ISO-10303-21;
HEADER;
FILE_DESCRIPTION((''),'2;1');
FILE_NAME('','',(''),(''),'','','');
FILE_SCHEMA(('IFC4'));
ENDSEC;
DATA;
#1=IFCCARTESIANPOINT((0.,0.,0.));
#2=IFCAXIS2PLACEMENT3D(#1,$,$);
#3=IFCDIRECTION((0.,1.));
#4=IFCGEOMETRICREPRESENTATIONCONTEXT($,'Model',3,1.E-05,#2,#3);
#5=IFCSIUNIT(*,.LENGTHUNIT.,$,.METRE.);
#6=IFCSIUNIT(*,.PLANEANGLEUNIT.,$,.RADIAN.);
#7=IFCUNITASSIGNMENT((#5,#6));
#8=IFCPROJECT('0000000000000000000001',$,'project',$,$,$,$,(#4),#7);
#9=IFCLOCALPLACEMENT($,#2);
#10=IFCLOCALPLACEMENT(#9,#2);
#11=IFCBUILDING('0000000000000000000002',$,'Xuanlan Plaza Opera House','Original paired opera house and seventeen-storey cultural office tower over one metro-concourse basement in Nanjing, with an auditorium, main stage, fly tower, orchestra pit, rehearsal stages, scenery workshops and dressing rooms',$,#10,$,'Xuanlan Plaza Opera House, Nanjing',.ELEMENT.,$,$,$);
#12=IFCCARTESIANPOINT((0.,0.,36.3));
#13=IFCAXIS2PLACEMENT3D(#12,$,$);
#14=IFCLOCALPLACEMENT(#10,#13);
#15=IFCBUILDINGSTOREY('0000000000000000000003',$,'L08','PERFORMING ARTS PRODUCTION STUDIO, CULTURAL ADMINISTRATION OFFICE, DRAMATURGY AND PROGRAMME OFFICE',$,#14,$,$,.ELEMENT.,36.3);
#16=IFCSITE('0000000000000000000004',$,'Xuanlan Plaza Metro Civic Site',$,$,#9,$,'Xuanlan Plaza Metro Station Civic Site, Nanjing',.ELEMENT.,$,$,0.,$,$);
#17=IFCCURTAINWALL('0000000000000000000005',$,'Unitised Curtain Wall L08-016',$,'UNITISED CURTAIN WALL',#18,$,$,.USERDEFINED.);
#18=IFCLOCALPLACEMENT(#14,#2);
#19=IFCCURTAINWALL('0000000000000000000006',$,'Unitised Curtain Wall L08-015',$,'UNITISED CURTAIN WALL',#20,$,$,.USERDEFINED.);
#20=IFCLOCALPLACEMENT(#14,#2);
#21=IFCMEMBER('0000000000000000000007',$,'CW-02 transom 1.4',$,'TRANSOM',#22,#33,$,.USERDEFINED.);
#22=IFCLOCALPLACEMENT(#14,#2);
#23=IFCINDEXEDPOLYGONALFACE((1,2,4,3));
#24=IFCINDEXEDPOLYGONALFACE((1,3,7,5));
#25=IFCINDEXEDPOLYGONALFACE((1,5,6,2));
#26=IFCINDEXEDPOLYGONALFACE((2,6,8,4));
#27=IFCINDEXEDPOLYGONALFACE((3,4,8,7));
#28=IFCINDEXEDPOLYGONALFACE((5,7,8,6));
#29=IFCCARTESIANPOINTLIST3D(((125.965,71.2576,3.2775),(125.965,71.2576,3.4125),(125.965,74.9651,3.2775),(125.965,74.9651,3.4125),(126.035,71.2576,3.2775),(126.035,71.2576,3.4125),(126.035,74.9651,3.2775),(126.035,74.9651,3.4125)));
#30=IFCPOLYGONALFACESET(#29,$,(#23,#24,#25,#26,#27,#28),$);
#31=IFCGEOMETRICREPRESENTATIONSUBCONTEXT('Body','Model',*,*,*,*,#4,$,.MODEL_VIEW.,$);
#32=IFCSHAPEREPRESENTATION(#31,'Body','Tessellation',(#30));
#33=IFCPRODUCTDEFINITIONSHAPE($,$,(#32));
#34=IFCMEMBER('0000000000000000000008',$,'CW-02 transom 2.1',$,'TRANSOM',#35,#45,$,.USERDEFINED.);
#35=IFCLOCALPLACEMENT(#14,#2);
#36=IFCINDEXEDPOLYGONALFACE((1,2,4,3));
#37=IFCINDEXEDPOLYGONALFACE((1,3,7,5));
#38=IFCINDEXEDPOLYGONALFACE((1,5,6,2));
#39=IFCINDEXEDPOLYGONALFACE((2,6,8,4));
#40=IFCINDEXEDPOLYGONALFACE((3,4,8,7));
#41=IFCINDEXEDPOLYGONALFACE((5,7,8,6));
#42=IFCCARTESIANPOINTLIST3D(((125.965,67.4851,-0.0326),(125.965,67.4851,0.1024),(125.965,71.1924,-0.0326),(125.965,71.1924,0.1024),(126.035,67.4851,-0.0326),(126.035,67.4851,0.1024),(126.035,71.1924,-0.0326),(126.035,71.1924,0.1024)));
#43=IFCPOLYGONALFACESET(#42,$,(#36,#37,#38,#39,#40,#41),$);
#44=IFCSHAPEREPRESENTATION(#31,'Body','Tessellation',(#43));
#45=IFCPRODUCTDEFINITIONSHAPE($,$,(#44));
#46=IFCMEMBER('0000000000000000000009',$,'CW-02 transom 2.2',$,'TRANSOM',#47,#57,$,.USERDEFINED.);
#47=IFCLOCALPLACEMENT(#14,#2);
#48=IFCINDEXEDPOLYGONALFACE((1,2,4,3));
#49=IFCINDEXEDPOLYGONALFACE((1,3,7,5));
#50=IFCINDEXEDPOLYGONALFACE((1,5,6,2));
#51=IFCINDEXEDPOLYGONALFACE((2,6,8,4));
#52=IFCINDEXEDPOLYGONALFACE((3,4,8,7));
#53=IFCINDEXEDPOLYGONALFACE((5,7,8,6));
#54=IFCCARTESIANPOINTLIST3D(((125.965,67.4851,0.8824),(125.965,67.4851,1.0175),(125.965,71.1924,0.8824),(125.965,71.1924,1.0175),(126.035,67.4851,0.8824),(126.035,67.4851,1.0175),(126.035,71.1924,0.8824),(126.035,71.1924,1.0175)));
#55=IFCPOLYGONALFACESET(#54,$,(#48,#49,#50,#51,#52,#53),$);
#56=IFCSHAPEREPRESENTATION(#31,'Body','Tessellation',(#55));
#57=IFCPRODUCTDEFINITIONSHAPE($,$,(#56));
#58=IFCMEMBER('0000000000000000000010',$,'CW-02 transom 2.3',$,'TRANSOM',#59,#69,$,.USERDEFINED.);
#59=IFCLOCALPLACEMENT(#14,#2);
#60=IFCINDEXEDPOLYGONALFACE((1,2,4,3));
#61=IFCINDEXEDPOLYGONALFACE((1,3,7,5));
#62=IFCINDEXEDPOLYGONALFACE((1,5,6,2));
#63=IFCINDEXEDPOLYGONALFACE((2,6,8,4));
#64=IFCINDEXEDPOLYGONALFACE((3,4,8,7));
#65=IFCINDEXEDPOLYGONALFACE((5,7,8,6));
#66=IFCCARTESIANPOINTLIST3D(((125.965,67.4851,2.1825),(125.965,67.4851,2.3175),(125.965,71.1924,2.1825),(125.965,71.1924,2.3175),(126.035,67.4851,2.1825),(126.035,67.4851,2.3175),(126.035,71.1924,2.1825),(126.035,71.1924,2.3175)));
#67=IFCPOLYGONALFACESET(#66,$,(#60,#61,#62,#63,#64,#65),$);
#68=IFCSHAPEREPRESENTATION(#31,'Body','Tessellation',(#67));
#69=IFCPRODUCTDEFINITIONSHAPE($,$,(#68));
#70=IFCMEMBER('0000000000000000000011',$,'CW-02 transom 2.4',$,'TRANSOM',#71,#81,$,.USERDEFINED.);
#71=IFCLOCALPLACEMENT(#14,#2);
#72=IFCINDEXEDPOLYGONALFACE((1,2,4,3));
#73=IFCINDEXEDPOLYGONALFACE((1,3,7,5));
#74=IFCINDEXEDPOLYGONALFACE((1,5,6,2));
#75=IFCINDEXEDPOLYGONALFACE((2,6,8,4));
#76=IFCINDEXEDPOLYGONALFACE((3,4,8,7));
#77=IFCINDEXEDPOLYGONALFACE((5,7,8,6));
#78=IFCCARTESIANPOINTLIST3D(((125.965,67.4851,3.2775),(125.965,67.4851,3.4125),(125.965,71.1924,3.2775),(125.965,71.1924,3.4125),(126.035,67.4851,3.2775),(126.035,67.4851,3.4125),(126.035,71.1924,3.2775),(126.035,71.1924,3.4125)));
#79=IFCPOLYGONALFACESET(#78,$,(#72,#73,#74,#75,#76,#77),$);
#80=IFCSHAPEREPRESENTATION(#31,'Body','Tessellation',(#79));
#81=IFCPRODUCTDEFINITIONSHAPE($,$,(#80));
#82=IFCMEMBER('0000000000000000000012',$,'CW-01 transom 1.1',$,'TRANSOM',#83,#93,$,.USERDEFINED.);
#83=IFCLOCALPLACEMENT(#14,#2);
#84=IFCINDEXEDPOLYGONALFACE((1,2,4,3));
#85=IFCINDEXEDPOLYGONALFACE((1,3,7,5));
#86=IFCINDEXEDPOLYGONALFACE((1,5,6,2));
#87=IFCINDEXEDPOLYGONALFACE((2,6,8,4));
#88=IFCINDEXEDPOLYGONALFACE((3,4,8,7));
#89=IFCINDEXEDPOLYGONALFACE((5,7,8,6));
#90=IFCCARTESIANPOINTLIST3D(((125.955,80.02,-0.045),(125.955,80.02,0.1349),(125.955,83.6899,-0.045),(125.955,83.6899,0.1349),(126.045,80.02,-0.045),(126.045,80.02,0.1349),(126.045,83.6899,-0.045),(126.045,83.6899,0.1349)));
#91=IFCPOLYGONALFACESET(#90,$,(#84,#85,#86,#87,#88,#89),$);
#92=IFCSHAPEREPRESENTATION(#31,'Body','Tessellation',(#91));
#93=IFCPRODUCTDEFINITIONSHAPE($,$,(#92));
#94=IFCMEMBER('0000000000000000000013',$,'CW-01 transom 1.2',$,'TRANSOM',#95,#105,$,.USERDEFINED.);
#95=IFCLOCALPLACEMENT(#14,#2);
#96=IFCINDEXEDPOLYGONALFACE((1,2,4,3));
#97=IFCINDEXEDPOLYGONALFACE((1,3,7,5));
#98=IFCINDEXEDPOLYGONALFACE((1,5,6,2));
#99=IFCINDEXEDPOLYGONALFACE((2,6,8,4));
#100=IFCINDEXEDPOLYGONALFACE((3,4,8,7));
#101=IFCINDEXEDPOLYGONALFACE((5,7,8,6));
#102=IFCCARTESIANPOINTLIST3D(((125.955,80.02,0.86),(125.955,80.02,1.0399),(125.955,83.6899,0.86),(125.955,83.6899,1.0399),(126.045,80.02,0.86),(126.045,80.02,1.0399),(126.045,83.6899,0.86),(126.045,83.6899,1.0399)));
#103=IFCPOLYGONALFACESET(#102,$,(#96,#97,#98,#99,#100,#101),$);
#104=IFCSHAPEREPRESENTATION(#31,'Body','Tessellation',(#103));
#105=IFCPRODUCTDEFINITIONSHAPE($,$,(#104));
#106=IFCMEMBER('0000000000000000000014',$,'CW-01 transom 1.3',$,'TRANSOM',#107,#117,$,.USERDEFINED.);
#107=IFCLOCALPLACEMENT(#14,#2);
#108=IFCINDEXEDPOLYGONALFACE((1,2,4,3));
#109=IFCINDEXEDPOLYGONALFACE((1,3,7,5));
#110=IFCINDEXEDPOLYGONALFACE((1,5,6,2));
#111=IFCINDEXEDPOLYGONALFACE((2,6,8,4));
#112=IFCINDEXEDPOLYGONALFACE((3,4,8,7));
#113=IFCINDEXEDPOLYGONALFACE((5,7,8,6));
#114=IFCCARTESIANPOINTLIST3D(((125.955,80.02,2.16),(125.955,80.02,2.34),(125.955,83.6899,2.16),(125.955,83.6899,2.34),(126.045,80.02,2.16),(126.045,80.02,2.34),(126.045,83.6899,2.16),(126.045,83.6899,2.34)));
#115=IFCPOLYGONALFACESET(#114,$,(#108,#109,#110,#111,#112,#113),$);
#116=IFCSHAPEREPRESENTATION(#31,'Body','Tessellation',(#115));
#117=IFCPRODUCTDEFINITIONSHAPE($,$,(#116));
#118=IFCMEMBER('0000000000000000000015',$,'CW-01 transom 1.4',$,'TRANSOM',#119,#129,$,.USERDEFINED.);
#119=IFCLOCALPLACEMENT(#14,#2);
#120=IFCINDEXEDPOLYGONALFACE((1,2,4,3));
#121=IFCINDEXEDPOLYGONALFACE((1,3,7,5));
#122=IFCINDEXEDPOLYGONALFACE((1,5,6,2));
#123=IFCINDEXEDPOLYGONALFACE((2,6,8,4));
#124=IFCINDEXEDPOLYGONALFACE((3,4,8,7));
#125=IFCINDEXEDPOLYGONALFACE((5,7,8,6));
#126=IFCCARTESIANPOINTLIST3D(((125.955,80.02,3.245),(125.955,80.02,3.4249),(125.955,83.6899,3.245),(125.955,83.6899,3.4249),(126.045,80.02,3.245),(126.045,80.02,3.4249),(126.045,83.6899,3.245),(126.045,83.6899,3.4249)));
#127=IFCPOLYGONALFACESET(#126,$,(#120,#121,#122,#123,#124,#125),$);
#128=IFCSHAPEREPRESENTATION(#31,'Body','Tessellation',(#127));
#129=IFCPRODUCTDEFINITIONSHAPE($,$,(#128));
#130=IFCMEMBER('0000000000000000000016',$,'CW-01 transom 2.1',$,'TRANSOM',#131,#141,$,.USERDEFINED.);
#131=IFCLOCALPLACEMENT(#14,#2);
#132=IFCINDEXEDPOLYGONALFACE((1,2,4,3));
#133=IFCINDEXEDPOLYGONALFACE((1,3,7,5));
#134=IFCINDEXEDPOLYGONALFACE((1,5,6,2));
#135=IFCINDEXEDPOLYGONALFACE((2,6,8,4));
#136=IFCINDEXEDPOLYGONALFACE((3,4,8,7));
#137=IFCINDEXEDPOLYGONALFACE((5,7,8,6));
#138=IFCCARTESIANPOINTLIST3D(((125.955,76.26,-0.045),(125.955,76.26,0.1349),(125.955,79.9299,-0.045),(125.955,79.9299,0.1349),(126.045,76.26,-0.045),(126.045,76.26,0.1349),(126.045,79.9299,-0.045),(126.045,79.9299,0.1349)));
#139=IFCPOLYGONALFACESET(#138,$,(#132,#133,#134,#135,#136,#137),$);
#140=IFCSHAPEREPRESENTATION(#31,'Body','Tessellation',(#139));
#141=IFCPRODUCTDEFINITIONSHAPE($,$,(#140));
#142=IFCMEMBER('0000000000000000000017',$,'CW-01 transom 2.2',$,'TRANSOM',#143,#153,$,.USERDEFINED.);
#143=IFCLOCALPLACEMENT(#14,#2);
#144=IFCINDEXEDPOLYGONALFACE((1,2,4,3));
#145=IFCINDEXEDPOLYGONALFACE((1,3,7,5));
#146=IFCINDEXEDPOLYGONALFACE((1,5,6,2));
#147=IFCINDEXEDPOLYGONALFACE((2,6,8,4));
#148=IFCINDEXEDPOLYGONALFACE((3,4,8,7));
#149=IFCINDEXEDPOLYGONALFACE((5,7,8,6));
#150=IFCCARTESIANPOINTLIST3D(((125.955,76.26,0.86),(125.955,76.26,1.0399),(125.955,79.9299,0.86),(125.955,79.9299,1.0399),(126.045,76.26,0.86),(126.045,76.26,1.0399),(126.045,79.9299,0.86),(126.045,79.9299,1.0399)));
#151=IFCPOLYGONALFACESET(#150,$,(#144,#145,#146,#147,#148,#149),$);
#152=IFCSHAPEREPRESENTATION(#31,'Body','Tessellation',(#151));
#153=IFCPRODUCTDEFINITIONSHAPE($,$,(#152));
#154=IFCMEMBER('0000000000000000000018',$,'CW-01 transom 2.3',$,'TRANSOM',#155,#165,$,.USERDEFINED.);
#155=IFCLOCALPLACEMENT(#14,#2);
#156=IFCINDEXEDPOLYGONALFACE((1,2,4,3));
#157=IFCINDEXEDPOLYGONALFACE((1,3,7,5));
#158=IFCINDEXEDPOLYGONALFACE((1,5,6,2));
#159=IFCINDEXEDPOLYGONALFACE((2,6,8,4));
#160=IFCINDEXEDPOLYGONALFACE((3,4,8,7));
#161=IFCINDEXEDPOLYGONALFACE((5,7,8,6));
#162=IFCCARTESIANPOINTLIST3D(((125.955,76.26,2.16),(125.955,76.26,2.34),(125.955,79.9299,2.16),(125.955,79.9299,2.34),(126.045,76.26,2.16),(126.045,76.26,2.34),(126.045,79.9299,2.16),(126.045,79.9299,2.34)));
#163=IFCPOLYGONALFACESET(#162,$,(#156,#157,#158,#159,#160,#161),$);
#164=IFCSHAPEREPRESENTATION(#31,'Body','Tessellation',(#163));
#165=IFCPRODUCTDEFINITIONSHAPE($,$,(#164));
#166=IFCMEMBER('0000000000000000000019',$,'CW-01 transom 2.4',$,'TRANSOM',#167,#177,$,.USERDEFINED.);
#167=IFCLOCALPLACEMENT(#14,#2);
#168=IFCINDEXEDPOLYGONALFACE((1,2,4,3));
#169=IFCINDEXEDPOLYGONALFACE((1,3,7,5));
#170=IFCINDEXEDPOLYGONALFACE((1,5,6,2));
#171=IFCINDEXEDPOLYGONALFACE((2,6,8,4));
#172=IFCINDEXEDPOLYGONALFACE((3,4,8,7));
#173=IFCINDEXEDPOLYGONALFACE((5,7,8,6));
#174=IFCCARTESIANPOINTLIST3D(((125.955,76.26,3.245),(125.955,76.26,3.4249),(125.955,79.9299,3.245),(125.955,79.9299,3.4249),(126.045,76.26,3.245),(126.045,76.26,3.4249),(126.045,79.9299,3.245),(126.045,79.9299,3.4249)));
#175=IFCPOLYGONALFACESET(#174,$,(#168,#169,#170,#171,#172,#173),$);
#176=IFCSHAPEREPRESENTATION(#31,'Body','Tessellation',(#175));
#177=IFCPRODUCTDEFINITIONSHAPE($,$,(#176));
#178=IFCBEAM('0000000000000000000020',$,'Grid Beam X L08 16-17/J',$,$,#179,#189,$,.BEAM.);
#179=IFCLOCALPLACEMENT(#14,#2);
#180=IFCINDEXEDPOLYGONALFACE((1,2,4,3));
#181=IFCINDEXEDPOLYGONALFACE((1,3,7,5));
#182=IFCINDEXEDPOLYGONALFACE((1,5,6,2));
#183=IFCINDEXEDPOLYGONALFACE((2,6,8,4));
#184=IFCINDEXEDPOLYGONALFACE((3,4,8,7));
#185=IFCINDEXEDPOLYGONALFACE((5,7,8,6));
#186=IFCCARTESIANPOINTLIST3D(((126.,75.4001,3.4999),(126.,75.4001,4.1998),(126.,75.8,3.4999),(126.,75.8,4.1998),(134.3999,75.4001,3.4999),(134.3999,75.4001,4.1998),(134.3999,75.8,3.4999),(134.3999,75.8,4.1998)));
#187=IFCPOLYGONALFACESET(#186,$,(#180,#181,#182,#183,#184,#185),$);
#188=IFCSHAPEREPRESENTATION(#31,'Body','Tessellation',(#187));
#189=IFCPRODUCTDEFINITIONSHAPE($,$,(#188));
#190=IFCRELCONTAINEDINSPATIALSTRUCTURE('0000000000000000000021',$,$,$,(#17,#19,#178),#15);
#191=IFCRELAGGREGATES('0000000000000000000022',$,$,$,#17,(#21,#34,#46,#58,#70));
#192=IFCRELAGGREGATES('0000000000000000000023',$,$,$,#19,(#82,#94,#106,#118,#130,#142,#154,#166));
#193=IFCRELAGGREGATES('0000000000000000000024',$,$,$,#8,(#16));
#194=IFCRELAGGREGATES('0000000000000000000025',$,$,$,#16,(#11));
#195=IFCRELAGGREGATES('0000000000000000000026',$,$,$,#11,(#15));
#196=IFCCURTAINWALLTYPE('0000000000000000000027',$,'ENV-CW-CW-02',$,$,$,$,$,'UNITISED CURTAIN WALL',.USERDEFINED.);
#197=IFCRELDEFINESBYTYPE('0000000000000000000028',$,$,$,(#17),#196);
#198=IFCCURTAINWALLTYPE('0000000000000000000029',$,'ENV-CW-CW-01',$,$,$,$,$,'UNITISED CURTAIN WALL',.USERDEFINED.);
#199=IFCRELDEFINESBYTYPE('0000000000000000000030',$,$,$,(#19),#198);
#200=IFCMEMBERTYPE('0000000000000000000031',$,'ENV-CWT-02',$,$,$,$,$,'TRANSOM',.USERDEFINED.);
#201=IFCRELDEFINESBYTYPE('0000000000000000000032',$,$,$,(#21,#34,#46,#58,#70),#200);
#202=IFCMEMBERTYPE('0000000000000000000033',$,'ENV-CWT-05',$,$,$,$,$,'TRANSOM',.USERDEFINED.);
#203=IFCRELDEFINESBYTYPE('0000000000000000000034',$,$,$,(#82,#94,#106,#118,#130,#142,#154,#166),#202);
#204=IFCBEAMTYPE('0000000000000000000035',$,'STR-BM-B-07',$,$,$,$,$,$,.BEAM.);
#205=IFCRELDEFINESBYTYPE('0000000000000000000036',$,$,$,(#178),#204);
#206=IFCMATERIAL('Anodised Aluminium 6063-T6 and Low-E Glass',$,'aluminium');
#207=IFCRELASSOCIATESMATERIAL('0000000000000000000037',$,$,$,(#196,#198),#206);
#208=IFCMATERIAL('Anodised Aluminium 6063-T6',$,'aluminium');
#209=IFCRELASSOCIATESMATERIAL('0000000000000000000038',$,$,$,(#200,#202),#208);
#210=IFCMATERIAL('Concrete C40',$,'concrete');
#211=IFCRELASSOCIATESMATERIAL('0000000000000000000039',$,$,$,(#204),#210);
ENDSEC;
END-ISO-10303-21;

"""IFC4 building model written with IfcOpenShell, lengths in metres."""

from ifc_helpers import new_model, si_unit, direction, frame, origin, origin_2d, place, context, subcontext, project, spatial, rectangle, extrude, material, material_profile, profile_set, type_object, element, aggregate, save


model = new_model("IFC4")

# Units and contexts
model_context = context("Model", 3, precision=1e-05, world=origin(), true_north=direction((0.0, 1.0)))
body_context = subcontext(model_context, "Body", "Model", "MODEL_VIEW")
ifc_project = project(units=[si_unit("LENGTHUNIT", "METRE"), si_unit("PLANEANGLEUNIT", "RADIAN")], contexts=[model_context])

# Site, building, storey
site_placement = place(None, origin())
site = spatial("IfcSite", under=ifc_project, at=site_placement, Name="Xuanlan Plaza Metro Civic Site", LongName="Xuanlan Plaza Metro Station Civic Site, Nanjing", CompositionType="ELEMENT", RefElevation=0.0)
building_placement = place(site_placement, origin())
building = spatial("IfcBuilding", under=site, at=building_placement, Name="Xuanlan Plaza Opera House", Description="Original paired opera house and seventeen-storey cultural office tower over one metro-concourse basement in Nanjing, with an auditorium, main stage, fly tower, orchestra pit, rehearsal stages, scenery workshops and dressing rooms", LongName="Xuanlan Plaza Opera House, Nanjing", CompositionType="ELEMENT")
storey_placement = place(building_placement, frame((0.0, 0.0, 36.3)))
storey = spatial("IfcBuildingStorey", under=building, at=storey_placement, Name="L08", Description="PERFORMING ARTS PRODUCTION STUDIO, CULTURAL ADMINISTRATION OFFICE, DRAMATURGY AND PROGRAMME OFFICE", CompositionType="ELEMENT", Elevation=36.3)

# Curtain walls
ifc_material_1 = material(Name="Anodised Aluminium 6063-T6 and Low-E Glass", Category="aluminium")
curtain_wall_type_1 = type_object("IfcCurtainWallType", Name="ENV-CW-CW-02", ElementType="UNITISED CURTAIN WALL", PredefinedType="USERDEFINED", material=ifc_material_1)
curtain_wall_1_placement = place(storey_placement, origin())
curtain_wall_1 = element("IfcCurtainWall", 1, at=curtain_wall_1_placement, inside=storey, type_object=curtain_wall_type_1, Name="Unitised Curtain Wall L08-016", ObjectType="UNITISED CURTAIN WALL", PredefinedType="USERDEFINED")
ifc_material_2 = material(Name="Anodised Aluminium 6063-T6", Category="aluminium")
curtain_wall_type_2 = type_object("IfcCurtainWallType", Name="ENV-CW-CW-01", ElementType="UNITISED CURTAIN WALL", PredefinedType="USERDEFINED", material=ifc_material_1)
curtain_wall_2_placement = place(storey_placement, origin())
curtain_wall_2 = element("IfcCurtainWall", 2, at=curtain_wall_2_placement, inside=storey, type_object=curtain_wall_type_2, Name="Unitised Curtain Wall L08-015", ObjectType="UNITISED CURTAIN WALL", PredefinedType="USERDEFINED")

# Members
ifc_material_profile_1 = material_profile(ifc_material_2, rectangle(XDim=0.0701, YDim=0.135, at=origin_2d()), Name="ALU-T 70x135")
ifc_profile_set_1 = profile_set([ifc_material_profile_1], Name="Anodised Aluminium 6063-T6")
member_type_1 = type_object("IfcMemberType", Name="ENV-CWT-02", ElementType="TRANSOM", PredefinedType="USERDEFINED", material=ifc_profile_set_1)
member_1_placement = place(storey_placement, frame((126.0, 74.9651, 3.345), z_axis=(0.0, -1.0, 0.0), x_axis=(1.0, 0.0, 0.0)))
member_1 = element("IfcMember", 3, at=member_1_placement, type_object=member_type_1, Name="CW-02 transom 1.4", ObjectType="TRANSOM", PredefinedType="USERDEFINED", context=body_context, shape_type="SweptSolid", body=[
    extrude(rectangle(XDim=0.0701, YDim=0.135, at=origin_2d()), origin(), (0.0, 0.0, 1.0), 3.7075),
])
member_2_placement = place(storey_placement, frame((126.0, 71.1924, 0.0349), z_axis=(0.0, -1.0, 0.0), x_axis=(1.0, 0.0, 0.0)))
member_2 = element("IfcMember", 4, at=member_2_placement, type_object=member_type_1, Name="CW-02 transom 2.1", ObjectType="TRANSOM", PredefinedType="USERDEFINED", context=body_context, shape_type="SweptSolid", body=[
    extrude(rectangle(XDim=0.0701, YDim=0.135, at=origin_2d()), origin(), (0.0, 0.0, 1.0), 3.7073),
])
member_3_placement = place(storey_placement, frame((126.0, 71.1924, 0.95), z_axis=(0.0, -1.0, 0.0), x_axis=(1.0, 0.0, 0.0)))
member_3 = element("IfcMember", 5, at=member_3_placement, type_object=member_type_1, Name="CW-02 transom 2.2", ObjectType="TRANSOM", PredefinedType="USERDEFINED", context=body_context, shape_type="SweptSolid", body=[
    extrude(rectangle(XDim=0.0701, YDim=0.135, at=origin_2d()), origin(), (0.0, 0.0, 1.0), 3.7073),
])
member_4_placement = place(storey_placement, frame((126.0, 71.1924, 2.25), z_axis=(0.0, -1.0, 0.0), x_axis=(1.0, 0.0, 0.0)))
member_4 = element("IfcMember", 6, at=member_4_placement, type_object=member_type_1, Name="CW-02 transom 2.3", ObjectType="TRANSOM", PredefinedType="USERDEFINED", context=body_context, shape_type="SweptSolid", body=[
    extrude(rectangle(XDim=0.0701, YDim=0.135, at=origin_2d()), origin(), (0.0, 0.0, 1.0), 3.7073),
])
member_5_placement = place(storey_placement, frame((126.0, 71.1924, 3.345), z_axis=(0.0, -1.0, 0.0), x_axis=(1.0, 0.0, 0.0)))
member_5 = element("IfcMember", 7, at=member_5_placement, type_object=member_type_1, Name="CW-02 transom 2.4", ObjectType="TRANSOM", PredefinedType="USERDEFINED", context=body_context, shape_type="SweptSolid", body=[
    extrude(rectangle(XDim=0.0701, YDim=0.135, at=origin_2d()), origin(), (0.0, 0.0, 1.0), 3.7073),
])
ifc_material_profile_2 = material_profile(ifc_material_2, rectangle(XDim=0.0901, YDim=0.1799, at=origin_2d()), Name="ALU-T 90x180")
ifc_profile_set_2 = profile_set([ifc_material_profile_2], Name="Anodised Aluminium 6063-T6")
member_type_2 = type_object("IfcMemberType", Name="ENV-CWT-05", ElementType="TRANSOM", PredefinedType="USERDEFINED", material=ifc_profile_set_2)
member_6_placement = place(storey_placement, frame((126.0, 83.6899, 0.0449), z_axis=(0.0, -1.0, 0.0), x_axis=(1.0, 0.0, 0.0)))
member_6 = element("IfcMember", 8, at=member_6_placement, type_object=member_type_2, Name="CW-01 transom 1.1", ObjectType="TRANSOM", PredefinedType="USERDEFINED", context=body_context, shape_type="SweptSolid", body=[
    extrude(rectangle(XDim=0.0901, YDim=0.1799, at=origin_2d()), origin(), (0.0, 0.0, 1.0), 3.6699),
])
member_7_placement = place(storey_placement, frame((126.0, 83.6899, 0.95), z_axis=(0.0, -1.0, 0.0), x_axis=(1.0, 0.0, 0.0)))
member_7 = element("IfcMember", 9, at=member_7_placement, type_object=member_type_2, Name="CW-01 transom 1.2", ObjectType="TRANSOM", PredefinedType="USERDEFINED", context=body_context, shape_type="SweptSolid", body=[
    extrude(rectangle(XDim=0.0901, YDim=0.1799, at=origin_2d()), origin(), (0.0, 0.0, 1.0), 3.6699),
])
member_8_placement = place(storey_placement, frame((126.0, 83.6899, 2.25), z_axis=(0.0, -1.0, 0.0), x_axis=(1.0, 0.0, 0.0)))
member_8 = element("IfcMember", 10, at=member_8_placement, type_object=member_type_2, Name="CW-01 transom 1.3", ObjectType="TRANSOM", PredefinedType="USERDEFINED", context=body_context, shape_type="SweptSolid", body=[
    extrude(rectangle(XDim=0.0901, YDim=0.1799, at=origin_2d()), origin(), (0.0, 0.0, 1.0), 3.6699),
])
member_9_placement = place(storey_placement, frame((126.0, 83.6899, 3.335), z_axis=(0.0, -1.0, 0.0), x_axis=(1.0, 0.0, 0.0)))
member_9 = element("IfcMember", 11, at=member_9_placement, type_object=member_type_2, Name="CW-01 transom 1.4", ObjectType="TRANSOM", PredefinedType="USERDEFINED", context=body_context, shape_type="SweptSolid", body=[
    extrude(rectangle(XDim=0.0901, YDim=0.1799, at=origin_2d()), origin(), (0.0, 0.0, 1.0), 3.6699),
])
member_10_placement = place(storey_placement, frame((126.0, 79.9299, 0.0449), z_axis=(0.0, -1.0, 0.0), x_axis=(1.0, 0.0, 0.0)))
member_10 = element("IfcMember", 12, at=member_10_placement, type_object=member_type_2, Name="CW-01 transom 2.1", ObjectType="TRANSOM", PredefinedType="USERDEFINED", context=body_context, shape_type="SweptSolid", body=[
    extrude(rectangle(XDim=0.0901, YDim=0.1799, at=origin_2d()), origin(), (0.0, 0.0, 1.0), 3.6699),
])
member_11_placement = place(storey_placement, frame((126.0, 79.9299, 0.95), z_axis=(0.0, -1.0, 0.0), x_axis=(1.0, 0.0, 0.0)))
member_11 = element("IfcMember", 13, at=member_11_placement, type_object=member_type_2, Name="CW-01 transom 2.2", ObjectType="TRANSOM", PredefinedType="USERDEFINED", context=body_context, shape_type="SweptSolid", body=[
    extrude(rectangle(XDim=0.0901, YDim=0.1799, at=origin_2d()), origin(), (0.0, 0.0, 1.0), 3.6699),
])
member_12_placement = place(storey_placement, frame((126.0, 79.9299, 2.25), z_axis=(0.0, -1.0, 0.0), x_axis=(1.0, 0.0, 0.0)))
member_12 = element("IfcMember", 14, at=member_12_placement, type_object=member_type_2, Name="CW-01 transom 2.3", ObjectType="TRANSOM", PredefinedType="USERDEFINED", context=body_context, shape_type="SweptSolid", body=[
    extrude(rectangle(XDim=0.0901, YDim=0.1799, at=origin_2d()), origin(), (0.0, 0.0, 1.0), 3.6699),
])
member_13_placement = place(storey_placement, frame((126.0, 79.9299, 3.335), z_axis=(0.0, -1.0, 0.0), x_axis=(1.0, 0.0, 0.0)))
member_13 = element("IfcMember", 15, at=member_13_placement, type_object=member_type_2, Name="CW-01 transom 2.4", ObjectType="TRANSOM", PredefinedType="USERDEFINED", context=body_context, shape_type="SweptSolid", body=[
    extrude(rectangle(XDim=0.0901, YDim=0.1799, at=origin_2d()), origin(), (0.0, 0.0, 1.0), 3.6699),
])

# Beam
ifc_material_3 = material(Name="Concrete C40", Category="concrete")
ifc_material_profile_3 = material_profile(ifc_material_3, rectangle(XDim=0.3999, YDim=0.7, at=origin_2d()), Name="RC-BM 400x700")
ifc_profile_set_3 = profile_set([ifc_material_profile_3], Name="Concrete C40")
beam_type_1 = type_object("IfcBeamType", Name="STR-BM-B-07", PredefinedType="BEAM", material=ifc_profile_set_3)
beam_1_placement = place(storey_placement, frame((126.0, 75.6001, 3.8499), z_axis=(1.0, 0.0, 0.0), x_axis=(0.0, 1.0, 0.0)))
element("IfcBeam", 16, at=beam_1_placement, inside=storey, type_object=beam_type_1, Name="Grid Beam X L08 16-17/J", PredefinedType="BEAM", context=body_context, shape_type="SweptSolid", body=[
    extrude(rectangle(XDim=0.3999, YDim=0.7, at=origin_2d()), origin(), (0.0, 0.0, 1.0), 8.3999),
])

aggregate(curtain_wall_1, [member_1, member_2, member_3, member_4, member_5])
aggregate(curtain_wall_2, [member_6, member_7, member_8, member_9, member_10, member_11, member_12, member_13])

save(model, "model.ifc")
